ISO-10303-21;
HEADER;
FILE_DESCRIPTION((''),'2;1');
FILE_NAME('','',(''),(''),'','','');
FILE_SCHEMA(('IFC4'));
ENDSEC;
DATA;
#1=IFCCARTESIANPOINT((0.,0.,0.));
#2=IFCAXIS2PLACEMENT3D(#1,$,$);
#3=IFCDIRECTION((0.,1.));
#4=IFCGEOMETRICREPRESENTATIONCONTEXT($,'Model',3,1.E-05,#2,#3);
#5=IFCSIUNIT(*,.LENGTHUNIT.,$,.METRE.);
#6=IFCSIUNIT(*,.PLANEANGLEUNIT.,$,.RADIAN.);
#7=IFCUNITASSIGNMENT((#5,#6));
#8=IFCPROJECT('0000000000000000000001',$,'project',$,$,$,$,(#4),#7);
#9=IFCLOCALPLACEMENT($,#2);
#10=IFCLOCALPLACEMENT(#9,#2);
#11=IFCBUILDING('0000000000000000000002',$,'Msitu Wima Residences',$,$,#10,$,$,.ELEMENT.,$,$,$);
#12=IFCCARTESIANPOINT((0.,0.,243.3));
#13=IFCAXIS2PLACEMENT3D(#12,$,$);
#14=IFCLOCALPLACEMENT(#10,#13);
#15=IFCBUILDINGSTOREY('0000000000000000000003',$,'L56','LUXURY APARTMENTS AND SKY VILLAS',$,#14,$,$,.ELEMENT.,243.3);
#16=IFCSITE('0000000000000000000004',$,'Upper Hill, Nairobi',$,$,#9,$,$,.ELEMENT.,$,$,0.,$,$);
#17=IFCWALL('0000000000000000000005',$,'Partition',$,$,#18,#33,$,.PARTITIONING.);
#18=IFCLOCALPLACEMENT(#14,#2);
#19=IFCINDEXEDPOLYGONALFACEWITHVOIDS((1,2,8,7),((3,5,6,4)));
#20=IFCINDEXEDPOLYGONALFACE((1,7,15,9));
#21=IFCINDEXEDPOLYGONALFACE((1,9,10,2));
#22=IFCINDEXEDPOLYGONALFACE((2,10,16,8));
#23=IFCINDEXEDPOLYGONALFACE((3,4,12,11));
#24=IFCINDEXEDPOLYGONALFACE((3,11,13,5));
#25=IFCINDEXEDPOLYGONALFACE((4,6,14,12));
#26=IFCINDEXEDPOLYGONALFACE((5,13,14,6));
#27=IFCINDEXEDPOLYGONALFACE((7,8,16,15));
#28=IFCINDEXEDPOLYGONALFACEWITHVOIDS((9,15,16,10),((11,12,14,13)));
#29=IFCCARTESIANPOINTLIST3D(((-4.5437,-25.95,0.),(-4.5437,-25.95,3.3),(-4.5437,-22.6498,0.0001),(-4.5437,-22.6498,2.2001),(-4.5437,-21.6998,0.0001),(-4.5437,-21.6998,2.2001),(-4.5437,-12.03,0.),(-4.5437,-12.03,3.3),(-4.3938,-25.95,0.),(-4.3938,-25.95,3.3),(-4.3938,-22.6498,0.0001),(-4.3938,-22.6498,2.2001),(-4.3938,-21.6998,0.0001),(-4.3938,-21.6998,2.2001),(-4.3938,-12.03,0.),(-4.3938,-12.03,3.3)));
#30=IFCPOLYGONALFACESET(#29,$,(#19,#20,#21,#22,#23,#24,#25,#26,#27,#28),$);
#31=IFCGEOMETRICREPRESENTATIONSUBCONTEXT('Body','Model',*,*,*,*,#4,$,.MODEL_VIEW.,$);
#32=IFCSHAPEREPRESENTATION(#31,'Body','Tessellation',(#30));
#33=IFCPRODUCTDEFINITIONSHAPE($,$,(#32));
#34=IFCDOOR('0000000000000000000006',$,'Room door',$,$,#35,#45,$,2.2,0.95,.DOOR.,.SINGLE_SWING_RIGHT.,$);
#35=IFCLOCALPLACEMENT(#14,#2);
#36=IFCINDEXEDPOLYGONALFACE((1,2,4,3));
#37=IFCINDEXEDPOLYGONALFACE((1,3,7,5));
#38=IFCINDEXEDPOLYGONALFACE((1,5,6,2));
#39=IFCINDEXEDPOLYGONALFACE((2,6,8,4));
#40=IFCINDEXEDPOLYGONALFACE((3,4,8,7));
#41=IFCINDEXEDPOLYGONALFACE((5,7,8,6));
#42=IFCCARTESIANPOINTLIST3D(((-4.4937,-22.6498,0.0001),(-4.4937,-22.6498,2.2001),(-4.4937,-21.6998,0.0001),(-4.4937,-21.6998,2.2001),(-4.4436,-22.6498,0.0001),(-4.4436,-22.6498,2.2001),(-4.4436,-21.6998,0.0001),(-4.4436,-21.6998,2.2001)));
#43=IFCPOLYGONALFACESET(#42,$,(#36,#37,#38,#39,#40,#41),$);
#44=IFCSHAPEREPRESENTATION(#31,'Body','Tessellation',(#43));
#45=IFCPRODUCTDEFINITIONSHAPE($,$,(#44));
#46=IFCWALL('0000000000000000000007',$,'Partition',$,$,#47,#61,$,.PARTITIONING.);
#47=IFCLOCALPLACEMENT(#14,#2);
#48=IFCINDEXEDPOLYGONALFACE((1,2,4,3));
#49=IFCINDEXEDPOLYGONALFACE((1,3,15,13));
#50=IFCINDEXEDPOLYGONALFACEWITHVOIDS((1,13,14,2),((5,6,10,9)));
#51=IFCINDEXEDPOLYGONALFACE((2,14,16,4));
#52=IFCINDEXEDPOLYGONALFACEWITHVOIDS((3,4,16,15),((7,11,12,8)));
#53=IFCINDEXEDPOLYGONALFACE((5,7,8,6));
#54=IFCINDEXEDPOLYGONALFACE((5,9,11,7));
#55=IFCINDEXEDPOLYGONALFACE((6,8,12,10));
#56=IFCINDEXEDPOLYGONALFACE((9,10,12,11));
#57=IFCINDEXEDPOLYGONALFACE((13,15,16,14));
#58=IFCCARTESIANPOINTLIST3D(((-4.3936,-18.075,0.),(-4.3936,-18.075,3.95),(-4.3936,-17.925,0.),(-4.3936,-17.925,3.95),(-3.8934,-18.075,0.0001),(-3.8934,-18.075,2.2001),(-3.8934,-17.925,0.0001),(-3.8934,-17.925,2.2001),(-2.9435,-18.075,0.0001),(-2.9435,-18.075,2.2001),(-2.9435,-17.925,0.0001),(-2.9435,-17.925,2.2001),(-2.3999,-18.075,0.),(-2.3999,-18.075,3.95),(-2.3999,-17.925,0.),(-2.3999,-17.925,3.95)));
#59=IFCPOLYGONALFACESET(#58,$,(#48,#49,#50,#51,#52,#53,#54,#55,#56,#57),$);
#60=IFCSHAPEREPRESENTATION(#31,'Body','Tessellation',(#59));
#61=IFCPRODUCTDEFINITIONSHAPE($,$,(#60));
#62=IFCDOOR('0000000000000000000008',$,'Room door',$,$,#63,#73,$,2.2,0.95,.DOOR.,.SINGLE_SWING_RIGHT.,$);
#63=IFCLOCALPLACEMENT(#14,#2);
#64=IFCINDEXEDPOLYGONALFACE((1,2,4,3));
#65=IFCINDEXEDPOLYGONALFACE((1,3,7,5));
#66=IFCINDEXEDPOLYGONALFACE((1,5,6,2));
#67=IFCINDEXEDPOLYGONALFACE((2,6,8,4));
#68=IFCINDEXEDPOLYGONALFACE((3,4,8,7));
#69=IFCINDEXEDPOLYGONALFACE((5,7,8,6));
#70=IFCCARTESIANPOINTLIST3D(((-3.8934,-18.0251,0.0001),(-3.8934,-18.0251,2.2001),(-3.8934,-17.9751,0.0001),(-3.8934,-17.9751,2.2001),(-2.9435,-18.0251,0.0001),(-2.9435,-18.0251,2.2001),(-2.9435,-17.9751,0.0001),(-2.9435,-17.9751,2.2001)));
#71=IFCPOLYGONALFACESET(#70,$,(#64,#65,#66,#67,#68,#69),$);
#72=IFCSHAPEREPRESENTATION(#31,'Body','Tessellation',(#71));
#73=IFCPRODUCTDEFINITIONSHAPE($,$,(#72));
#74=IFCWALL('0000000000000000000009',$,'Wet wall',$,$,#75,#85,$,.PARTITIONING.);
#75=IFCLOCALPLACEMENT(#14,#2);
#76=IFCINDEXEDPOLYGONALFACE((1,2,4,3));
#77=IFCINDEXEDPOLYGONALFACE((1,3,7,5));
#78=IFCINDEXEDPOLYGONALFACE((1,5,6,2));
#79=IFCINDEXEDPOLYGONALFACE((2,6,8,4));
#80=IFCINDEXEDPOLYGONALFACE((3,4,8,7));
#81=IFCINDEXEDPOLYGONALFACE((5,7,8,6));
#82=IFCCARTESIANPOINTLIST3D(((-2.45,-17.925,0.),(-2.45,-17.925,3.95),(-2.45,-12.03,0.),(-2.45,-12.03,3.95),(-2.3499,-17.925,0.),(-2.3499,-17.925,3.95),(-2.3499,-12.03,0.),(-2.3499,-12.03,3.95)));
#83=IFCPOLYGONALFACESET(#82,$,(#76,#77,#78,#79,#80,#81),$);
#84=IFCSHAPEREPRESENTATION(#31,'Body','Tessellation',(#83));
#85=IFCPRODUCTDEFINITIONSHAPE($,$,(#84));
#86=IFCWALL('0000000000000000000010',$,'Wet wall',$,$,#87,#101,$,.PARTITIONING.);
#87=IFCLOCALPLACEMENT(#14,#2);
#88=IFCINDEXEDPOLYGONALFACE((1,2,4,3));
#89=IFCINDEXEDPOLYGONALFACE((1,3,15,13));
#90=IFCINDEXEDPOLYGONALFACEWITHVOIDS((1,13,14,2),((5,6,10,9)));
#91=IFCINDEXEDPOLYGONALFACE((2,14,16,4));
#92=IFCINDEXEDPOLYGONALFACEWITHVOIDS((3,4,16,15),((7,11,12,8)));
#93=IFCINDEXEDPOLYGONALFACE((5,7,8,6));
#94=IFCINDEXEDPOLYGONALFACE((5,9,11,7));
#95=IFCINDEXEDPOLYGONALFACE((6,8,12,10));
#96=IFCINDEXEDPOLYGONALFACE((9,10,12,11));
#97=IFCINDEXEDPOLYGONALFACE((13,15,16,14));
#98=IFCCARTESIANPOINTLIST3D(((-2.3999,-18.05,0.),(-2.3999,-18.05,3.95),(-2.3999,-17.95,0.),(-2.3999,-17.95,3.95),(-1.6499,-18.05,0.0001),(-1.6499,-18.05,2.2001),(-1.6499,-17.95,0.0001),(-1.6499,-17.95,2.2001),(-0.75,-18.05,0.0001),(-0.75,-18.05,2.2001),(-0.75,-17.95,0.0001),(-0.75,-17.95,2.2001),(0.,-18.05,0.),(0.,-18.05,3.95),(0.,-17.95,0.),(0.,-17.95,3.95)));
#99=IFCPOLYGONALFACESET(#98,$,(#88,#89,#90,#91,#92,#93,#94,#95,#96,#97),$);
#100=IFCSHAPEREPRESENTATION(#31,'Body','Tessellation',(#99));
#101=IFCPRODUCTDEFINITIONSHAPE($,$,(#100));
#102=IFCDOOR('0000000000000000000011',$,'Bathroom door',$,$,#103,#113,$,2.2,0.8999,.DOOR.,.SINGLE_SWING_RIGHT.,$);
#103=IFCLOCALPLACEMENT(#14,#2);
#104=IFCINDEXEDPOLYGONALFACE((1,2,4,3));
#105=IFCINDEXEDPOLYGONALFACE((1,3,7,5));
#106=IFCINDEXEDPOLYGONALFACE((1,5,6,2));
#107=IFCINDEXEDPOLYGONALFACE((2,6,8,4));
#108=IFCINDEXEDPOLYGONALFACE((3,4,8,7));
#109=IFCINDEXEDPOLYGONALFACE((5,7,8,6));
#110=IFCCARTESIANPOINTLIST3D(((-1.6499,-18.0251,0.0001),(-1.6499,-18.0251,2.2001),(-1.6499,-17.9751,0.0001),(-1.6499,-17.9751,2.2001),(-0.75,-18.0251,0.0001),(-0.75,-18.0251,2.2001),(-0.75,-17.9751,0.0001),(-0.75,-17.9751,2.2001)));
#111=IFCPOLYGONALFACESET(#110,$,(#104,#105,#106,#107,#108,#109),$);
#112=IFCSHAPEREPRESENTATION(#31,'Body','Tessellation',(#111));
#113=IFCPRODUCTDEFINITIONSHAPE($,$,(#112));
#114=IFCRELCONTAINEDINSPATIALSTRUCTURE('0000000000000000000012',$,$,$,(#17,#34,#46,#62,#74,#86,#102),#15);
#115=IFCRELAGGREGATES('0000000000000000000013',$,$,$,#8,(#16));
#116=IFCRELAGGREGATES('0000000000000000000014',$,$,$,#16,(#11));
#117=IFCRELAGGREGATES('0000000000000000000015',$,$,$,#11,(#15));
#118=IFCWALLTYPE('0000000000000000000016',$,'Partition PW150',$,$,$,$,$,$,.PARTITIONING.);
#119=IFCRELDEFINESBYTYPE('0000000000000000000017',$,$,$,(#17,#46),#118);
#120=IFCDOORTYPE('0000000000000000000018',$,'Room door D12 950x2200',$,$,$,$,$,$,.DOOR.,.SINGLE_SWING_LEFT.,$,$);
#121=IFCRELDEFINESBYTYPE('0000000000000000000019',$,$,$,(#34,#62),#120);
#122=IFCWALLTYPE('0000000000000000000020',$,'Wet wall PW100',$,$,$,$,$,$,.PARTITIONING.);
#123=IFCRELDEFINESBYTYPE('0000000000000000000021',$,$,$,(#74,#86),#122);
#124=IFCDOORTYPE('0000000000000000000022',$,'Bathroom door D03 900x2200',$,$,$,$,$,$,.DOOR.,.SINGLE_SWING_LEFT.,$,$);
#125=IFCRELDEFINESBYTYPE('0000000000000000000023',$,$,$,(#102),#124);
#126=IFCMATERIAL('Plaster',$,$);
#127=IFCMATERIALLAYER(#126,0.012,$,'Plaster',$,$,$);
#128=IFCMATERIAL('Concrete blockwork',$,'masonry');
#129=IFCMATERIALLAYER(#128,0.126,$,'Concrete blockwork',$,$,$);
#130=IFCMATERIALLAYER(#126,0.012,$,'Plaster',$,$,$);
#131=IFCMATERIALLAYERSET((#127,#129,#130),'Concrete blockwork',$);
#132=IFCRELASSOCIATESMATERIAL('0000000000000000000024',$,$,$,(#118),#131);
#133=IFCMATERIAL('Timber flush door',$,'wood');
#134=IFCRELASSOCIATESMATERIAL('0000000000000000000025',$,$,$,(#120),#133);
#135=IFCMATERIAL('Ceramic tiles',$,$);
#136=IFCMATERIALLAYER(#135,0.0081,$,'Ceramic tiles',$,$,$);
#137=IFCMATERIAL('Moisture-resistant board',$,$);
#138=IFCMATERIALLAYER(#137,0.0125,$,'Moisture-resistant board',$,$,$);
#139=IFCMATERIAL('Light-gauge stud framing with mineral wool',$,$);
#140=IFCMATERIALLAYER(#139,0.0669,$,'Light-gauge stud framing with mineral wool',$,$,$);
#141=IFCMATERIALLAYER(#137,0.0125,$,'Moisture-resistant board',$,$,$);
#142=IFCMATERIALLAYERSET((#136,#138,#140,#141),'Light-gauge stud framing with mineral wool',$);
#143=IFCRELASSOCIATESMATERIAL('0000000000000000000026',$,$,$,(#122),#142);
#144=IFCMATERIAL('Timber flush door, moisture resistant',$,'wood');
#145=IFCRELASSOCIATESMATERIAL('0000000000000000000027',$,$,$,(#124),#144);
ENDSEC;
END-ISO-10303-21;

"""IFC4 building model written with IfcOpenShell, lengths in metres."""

from ifc_helpers import new_model, si_unit, direction, frame, frame_2d, origin, place, context, subcontext, project, spatial, rectangle, extrude, material, layer, layer_set, type_object, element, fill, save


model = new_model("IFC4")

# Units and contexts
model_context = context("Model", 3, precision=1e-05, world=origin(), true_north=direction((0.0, 1.0)))
body_context = subcontext(model_context, "Body", "Model", "MODEL_VIEW")
ifc_project = project(units=[si_unit("LENGTHUNIT", "METRE"), si_unit("PLANEANGLEUNIT", "RADIAN")], contexts=[model_context])

# Site, building, storey
site_placement = place(None, origin())
site = spatial("IfcSite", under=ifc_project, at=site_placement, Name="Upper Hill, Nairobi", CompositionType="ELEMENT", RefElevation=0.0)
building_placement = place(site_placement, origin())
building = spatial("IfcBuilding", under=site, at=building_placement, Name="Msitu Wima Residences", CompositionType="ELEMENT")
storey_placement = place(building_placement, frame((0.0, 0.0, 243.3)))
storey = spatial("IfcBuildingStorey", under=building, at=storey_placement, Name="L56", Description="LUXURY APARTMENTS AND SKY VILLAS", CompositionType="ELEMENT", Elevation=243.3)

# Walls, openings, doors
ifc_material_1 = material(Name="Plaster")
ifc_layer_1 = layer(ifc_material_1, 0.012, Name="Plaster")
ifc_material_2 = material(Name="Concrete blockwork", Category="masonry")
ifc_layer_2 = layer(ifc_material_2, 0.126, Name="Concrete blockwork")
ifc_layer_3 = layer(ifc_material_1, 0.012, Name="Plaster")
ifc_layer_set_1 = layer_set([ifc_layer_1, ifc_layer_2, ifc_layer_3], Name="Concrete blockwork")
wall_type_1 = type_object("IfcWallType", Name="Partition PW150", PredefinedType="PARTITIONING", material=ifc_layer_set_1)
ifc_material_3 = material(Name="Timber flush door", Category="wood")
door_type_1 = type_object("IfcDoorType", Name="Room door D12 950x2200", OperationType="SINGLE_SWING_LEFT", PredefinedType="DOOR", material=ifc_material_3)
wall_1_placement = place(storey_placement, frame((-4.4688, -25.95, 0.0), z_axis=(0.0, 0.0, 1.0), x_axis=(0.0, 1.0, 0.0)))
wall_1 = element("IfcWall", 1, at=wall_1_placement, inside=storey, type_object=wall_type_1, Name="Partition", PredefinedType="PARTITIONING", context=body_context, shape_type="SweptSolid", body=[
    extrude(rectangle(XDim=13.9199, YDim=0.1499, at=frame_2d((6.96, 0.0))), origin(), (0.0, 0.0, 1.0), 3.3),
])
opening_1_placement = place(wall_1_placement, frame((3.3, 0.0, 0.0)))
opening_1 = element("IfcOpeningElement", 2, at=opening_1_placement, cuts=wall_1, PredefinedType="OPENING", context=body_context, shape_type="SweptSolid", body=[
    extrude(rectangle(XDim=0.95, YDim=2.2, at=frame_2d((0.4751, 1.1001))), frame((0.0, 0.085, 0.0), z_axis=(0.0, -1.0, 0.0), x_axis=(1.0, 0.0, 0.0)), (0.0, 0.0, 1.0), 0.1699),
])
door_1_placement = place(opening_1_placement, origin())
door_1 = element("IfcDoor", 3, at=door_1_placement, inside=storey, type_object=door_type_1, Name="Room door", OperationType="SINGLE_SWING_RIGHT", OverallHeight=2.2, OverallWidth=0.95, PredefinedType="DOOR", context=body_context, shape_type="SweptSolid", body=[
    extrude(rectangle(XDim=0.95, YDim=2.2, at=frame_2d((0.4751, 1.1001))), frame((0.0, 0.0249, 0.0), z_axis=(0.0, -1.0, 0.0), x_axis=(1.0, 0.0, 0.0)), (0.0, 0.0, 1.0), 0.05),
])
fill(opening_1, door_1)
wall_2_placement = place(storey_placement, frame((-4.3936, -18.0, 0.0), z_axis=(0.0, 0.0, 1.0), x_axis=(1.0, 0.0, 0.0)))
wall_2 = element("IfcWall", 4, at=wall_2_placement, inside=storey, type_object=wall_type_1, Name="Partition", PredefinedType="PARTITIONING", context=body_context, shape_type="SweptSolid", body=[
    extrude(rectangle(XDim=1.9937, YDim=0.1499, at=frame_2d((0.9968, 0.0))), origin(), (0.0, 0.0, 1.0), 3.95),
])
opening_2_placement = place(wall_2_placement, frame((0.5, 0.0, 0.0)))
opening_2 = element("IfcOpeningElement", 5, at=opening_2_placement, cuts=wall_2, PredefinedType="OPENING", context=body_context, shape_type="SweptSolid", body=[
    extrude(rectangle(XDim=0.95, YDim=2.2, at=frame_2d((0.4751, 1.1001))), frame((0.0, 0.085, 0.0), z_axis=(0.0, -1.0, 0.0), x_axis=(1.0, 0.0, 0.0)), (0.0, 0.0, 1.0), 0.1699),
])
door_2_placement = place(opening_2_placement, origin())
door_2 = element("IfcDoor", 6, at=door_2_placement, inside=storey, type_object=door_type_1, Name="Room door", OperationType="SINGLE_SWING_RIGHT", OverallHeight=2.2, OverallWidth=0.95, PredefinedType="DOOR", context=body_context, shape_type="SweptSolid", body=[
    extrude(rectangle(XDim=0.95, YDim=2.2, at=frame_2d((0.4751, 1.1001))), frame((0.0, 0.0249, 0.0), z_axis=(0.0, -1.0, 0.0), x_axis=(1.0, 0.0, 0.0)), (0.0, 0.0, 1.0), 0.05),
])
fill(opening_2, door_2)

# Wall
ifc_material_4 = material(Name="Ceramic tiles")
ifc_layer_4 = layer(ifc_material_4, 0.0081, Name="Ceramic tiles")
ifc_material_5 = material(Name="Moisture-resistant board")
ifc_layer_5 = layer(ifc_material_5, 0.0125, Name="Moisture-resistant board")
ifc_material_6 = material(Name="Light-gauge stud framing with mineral wool")
ifc_layer_6 = layer(ifc_material_6, 0.0669, Name="Light-gauge stud framing with mineral wool")
ifc_layer_7 = layer(ifc_material_5, 0.0125, Name="Moisture-resistant board")
ifc_layer_set_2 = layer_set([ifc_layer_4, ifc_layer_5, ifc_layer_6, ifc_layer_7], Name="Light-gauge stud framing with mineral wool")
wall_type_2 = type_object("IfcWallType", Name="Wet wall PW100", PredefinedType="PARTITIONING", material=ifc_layer_set_2)
wall_3_placement = place(storey_placement, frame((-2.3999, -17.925, 0.0), z_axis=(0.0, 0.0, 1.0), x_axis=(0.0, 1.0, 0.0)))
element("IfcWall", 7, at=wall_3_placement, inside=storey, type_object=wall_type_2, Name="Wet wall", PredefinedType="PARTITIONING", context=body_context, shape_type="SweptSolid", body=[
    extrude(rectangle(XDim=5.895, YDim=0.1001, at=frame_2d((2.9475, 0.0))), origin(), (0.0, 0.0, 1.0), 3.95),
])

# Wall, opening, door
wall_4_placement = place(storey_placement, frame((-2.3999, -18.0, 0.0), z_axis=(0.0, 0.0, 1.0), x_axis=(1.0, 0.0, 0.0)))
wall_4 = element("IfcWall", 8, at=wall_4_placement, inside=storey, type_object=wall_type_2, Name="Wet wall", PredefinedType="PARTITIONING", context=body_context, shape_type="SweptSolid", body=[
    extrude(rectangle(XDim=2.3999, YDim=0.1001, at=frame_2d((1.2, 0.0))), origin(), (0.0, 0.0, 1.0), 3.95),
])
opening_3_placement = place(wall_4_placement, frame((0.75, 0.0, 0.0)))
opening_3 = element("IfcOpeningElement", 9, at=opening_3_placement, cuts=wall_4, PredefinedType="OPENING", context=body_context, shape_type="SweptSolid", body=[
    extrude(rectangle(XDim=0.8999, YDim=2.2, at=frame_2d((0.45, 1.1001))), frame((0.0, 0.0601, 0.0), z_axis=(0.0, -1.0, 0.0), x_axis=(1.0, 0.0, 0.0)), (0.0, 0.0, 1.0), 0.1201),
])
ifc_material_7 = material(Name="Timber flush door, moisture resistant", Category="wood")
door_type_2 = type_object("IfcDoorType", Name="Bathroom door D03 900x2200", OperationType="SINGLE_SWING_LEFT", PredefinedType="DOOR", material=ifc_material_7)
door_3_placement = place(opening_3_placement, origin())
door_3 = element("IfcDoor", 10, at=door_3_placement, inside=storey, type_object=door_type_2, Name="Bathroom door", OperationType="SINGLE_SWING_RIGHT", OverallHeight=2.2, OverallWidth=0.8999, PredefinedType="DOOR", context=body_context, shape_type="SweptSolid", body=[
    extrude(rectangle(XDim=0.8999, YDim=2.2, at=frame_2d((0.45, 1.1001))), frame((0.0, 0.0249, 0.0), z_axis=(0.0, -1.0, 0.0), x_axis=(1.0, 0.0, 0.0)), (0.0, 0.0, 1.0), 0.05),
])
fill(opening_3, door_3)

save(model, "model.ifc")
